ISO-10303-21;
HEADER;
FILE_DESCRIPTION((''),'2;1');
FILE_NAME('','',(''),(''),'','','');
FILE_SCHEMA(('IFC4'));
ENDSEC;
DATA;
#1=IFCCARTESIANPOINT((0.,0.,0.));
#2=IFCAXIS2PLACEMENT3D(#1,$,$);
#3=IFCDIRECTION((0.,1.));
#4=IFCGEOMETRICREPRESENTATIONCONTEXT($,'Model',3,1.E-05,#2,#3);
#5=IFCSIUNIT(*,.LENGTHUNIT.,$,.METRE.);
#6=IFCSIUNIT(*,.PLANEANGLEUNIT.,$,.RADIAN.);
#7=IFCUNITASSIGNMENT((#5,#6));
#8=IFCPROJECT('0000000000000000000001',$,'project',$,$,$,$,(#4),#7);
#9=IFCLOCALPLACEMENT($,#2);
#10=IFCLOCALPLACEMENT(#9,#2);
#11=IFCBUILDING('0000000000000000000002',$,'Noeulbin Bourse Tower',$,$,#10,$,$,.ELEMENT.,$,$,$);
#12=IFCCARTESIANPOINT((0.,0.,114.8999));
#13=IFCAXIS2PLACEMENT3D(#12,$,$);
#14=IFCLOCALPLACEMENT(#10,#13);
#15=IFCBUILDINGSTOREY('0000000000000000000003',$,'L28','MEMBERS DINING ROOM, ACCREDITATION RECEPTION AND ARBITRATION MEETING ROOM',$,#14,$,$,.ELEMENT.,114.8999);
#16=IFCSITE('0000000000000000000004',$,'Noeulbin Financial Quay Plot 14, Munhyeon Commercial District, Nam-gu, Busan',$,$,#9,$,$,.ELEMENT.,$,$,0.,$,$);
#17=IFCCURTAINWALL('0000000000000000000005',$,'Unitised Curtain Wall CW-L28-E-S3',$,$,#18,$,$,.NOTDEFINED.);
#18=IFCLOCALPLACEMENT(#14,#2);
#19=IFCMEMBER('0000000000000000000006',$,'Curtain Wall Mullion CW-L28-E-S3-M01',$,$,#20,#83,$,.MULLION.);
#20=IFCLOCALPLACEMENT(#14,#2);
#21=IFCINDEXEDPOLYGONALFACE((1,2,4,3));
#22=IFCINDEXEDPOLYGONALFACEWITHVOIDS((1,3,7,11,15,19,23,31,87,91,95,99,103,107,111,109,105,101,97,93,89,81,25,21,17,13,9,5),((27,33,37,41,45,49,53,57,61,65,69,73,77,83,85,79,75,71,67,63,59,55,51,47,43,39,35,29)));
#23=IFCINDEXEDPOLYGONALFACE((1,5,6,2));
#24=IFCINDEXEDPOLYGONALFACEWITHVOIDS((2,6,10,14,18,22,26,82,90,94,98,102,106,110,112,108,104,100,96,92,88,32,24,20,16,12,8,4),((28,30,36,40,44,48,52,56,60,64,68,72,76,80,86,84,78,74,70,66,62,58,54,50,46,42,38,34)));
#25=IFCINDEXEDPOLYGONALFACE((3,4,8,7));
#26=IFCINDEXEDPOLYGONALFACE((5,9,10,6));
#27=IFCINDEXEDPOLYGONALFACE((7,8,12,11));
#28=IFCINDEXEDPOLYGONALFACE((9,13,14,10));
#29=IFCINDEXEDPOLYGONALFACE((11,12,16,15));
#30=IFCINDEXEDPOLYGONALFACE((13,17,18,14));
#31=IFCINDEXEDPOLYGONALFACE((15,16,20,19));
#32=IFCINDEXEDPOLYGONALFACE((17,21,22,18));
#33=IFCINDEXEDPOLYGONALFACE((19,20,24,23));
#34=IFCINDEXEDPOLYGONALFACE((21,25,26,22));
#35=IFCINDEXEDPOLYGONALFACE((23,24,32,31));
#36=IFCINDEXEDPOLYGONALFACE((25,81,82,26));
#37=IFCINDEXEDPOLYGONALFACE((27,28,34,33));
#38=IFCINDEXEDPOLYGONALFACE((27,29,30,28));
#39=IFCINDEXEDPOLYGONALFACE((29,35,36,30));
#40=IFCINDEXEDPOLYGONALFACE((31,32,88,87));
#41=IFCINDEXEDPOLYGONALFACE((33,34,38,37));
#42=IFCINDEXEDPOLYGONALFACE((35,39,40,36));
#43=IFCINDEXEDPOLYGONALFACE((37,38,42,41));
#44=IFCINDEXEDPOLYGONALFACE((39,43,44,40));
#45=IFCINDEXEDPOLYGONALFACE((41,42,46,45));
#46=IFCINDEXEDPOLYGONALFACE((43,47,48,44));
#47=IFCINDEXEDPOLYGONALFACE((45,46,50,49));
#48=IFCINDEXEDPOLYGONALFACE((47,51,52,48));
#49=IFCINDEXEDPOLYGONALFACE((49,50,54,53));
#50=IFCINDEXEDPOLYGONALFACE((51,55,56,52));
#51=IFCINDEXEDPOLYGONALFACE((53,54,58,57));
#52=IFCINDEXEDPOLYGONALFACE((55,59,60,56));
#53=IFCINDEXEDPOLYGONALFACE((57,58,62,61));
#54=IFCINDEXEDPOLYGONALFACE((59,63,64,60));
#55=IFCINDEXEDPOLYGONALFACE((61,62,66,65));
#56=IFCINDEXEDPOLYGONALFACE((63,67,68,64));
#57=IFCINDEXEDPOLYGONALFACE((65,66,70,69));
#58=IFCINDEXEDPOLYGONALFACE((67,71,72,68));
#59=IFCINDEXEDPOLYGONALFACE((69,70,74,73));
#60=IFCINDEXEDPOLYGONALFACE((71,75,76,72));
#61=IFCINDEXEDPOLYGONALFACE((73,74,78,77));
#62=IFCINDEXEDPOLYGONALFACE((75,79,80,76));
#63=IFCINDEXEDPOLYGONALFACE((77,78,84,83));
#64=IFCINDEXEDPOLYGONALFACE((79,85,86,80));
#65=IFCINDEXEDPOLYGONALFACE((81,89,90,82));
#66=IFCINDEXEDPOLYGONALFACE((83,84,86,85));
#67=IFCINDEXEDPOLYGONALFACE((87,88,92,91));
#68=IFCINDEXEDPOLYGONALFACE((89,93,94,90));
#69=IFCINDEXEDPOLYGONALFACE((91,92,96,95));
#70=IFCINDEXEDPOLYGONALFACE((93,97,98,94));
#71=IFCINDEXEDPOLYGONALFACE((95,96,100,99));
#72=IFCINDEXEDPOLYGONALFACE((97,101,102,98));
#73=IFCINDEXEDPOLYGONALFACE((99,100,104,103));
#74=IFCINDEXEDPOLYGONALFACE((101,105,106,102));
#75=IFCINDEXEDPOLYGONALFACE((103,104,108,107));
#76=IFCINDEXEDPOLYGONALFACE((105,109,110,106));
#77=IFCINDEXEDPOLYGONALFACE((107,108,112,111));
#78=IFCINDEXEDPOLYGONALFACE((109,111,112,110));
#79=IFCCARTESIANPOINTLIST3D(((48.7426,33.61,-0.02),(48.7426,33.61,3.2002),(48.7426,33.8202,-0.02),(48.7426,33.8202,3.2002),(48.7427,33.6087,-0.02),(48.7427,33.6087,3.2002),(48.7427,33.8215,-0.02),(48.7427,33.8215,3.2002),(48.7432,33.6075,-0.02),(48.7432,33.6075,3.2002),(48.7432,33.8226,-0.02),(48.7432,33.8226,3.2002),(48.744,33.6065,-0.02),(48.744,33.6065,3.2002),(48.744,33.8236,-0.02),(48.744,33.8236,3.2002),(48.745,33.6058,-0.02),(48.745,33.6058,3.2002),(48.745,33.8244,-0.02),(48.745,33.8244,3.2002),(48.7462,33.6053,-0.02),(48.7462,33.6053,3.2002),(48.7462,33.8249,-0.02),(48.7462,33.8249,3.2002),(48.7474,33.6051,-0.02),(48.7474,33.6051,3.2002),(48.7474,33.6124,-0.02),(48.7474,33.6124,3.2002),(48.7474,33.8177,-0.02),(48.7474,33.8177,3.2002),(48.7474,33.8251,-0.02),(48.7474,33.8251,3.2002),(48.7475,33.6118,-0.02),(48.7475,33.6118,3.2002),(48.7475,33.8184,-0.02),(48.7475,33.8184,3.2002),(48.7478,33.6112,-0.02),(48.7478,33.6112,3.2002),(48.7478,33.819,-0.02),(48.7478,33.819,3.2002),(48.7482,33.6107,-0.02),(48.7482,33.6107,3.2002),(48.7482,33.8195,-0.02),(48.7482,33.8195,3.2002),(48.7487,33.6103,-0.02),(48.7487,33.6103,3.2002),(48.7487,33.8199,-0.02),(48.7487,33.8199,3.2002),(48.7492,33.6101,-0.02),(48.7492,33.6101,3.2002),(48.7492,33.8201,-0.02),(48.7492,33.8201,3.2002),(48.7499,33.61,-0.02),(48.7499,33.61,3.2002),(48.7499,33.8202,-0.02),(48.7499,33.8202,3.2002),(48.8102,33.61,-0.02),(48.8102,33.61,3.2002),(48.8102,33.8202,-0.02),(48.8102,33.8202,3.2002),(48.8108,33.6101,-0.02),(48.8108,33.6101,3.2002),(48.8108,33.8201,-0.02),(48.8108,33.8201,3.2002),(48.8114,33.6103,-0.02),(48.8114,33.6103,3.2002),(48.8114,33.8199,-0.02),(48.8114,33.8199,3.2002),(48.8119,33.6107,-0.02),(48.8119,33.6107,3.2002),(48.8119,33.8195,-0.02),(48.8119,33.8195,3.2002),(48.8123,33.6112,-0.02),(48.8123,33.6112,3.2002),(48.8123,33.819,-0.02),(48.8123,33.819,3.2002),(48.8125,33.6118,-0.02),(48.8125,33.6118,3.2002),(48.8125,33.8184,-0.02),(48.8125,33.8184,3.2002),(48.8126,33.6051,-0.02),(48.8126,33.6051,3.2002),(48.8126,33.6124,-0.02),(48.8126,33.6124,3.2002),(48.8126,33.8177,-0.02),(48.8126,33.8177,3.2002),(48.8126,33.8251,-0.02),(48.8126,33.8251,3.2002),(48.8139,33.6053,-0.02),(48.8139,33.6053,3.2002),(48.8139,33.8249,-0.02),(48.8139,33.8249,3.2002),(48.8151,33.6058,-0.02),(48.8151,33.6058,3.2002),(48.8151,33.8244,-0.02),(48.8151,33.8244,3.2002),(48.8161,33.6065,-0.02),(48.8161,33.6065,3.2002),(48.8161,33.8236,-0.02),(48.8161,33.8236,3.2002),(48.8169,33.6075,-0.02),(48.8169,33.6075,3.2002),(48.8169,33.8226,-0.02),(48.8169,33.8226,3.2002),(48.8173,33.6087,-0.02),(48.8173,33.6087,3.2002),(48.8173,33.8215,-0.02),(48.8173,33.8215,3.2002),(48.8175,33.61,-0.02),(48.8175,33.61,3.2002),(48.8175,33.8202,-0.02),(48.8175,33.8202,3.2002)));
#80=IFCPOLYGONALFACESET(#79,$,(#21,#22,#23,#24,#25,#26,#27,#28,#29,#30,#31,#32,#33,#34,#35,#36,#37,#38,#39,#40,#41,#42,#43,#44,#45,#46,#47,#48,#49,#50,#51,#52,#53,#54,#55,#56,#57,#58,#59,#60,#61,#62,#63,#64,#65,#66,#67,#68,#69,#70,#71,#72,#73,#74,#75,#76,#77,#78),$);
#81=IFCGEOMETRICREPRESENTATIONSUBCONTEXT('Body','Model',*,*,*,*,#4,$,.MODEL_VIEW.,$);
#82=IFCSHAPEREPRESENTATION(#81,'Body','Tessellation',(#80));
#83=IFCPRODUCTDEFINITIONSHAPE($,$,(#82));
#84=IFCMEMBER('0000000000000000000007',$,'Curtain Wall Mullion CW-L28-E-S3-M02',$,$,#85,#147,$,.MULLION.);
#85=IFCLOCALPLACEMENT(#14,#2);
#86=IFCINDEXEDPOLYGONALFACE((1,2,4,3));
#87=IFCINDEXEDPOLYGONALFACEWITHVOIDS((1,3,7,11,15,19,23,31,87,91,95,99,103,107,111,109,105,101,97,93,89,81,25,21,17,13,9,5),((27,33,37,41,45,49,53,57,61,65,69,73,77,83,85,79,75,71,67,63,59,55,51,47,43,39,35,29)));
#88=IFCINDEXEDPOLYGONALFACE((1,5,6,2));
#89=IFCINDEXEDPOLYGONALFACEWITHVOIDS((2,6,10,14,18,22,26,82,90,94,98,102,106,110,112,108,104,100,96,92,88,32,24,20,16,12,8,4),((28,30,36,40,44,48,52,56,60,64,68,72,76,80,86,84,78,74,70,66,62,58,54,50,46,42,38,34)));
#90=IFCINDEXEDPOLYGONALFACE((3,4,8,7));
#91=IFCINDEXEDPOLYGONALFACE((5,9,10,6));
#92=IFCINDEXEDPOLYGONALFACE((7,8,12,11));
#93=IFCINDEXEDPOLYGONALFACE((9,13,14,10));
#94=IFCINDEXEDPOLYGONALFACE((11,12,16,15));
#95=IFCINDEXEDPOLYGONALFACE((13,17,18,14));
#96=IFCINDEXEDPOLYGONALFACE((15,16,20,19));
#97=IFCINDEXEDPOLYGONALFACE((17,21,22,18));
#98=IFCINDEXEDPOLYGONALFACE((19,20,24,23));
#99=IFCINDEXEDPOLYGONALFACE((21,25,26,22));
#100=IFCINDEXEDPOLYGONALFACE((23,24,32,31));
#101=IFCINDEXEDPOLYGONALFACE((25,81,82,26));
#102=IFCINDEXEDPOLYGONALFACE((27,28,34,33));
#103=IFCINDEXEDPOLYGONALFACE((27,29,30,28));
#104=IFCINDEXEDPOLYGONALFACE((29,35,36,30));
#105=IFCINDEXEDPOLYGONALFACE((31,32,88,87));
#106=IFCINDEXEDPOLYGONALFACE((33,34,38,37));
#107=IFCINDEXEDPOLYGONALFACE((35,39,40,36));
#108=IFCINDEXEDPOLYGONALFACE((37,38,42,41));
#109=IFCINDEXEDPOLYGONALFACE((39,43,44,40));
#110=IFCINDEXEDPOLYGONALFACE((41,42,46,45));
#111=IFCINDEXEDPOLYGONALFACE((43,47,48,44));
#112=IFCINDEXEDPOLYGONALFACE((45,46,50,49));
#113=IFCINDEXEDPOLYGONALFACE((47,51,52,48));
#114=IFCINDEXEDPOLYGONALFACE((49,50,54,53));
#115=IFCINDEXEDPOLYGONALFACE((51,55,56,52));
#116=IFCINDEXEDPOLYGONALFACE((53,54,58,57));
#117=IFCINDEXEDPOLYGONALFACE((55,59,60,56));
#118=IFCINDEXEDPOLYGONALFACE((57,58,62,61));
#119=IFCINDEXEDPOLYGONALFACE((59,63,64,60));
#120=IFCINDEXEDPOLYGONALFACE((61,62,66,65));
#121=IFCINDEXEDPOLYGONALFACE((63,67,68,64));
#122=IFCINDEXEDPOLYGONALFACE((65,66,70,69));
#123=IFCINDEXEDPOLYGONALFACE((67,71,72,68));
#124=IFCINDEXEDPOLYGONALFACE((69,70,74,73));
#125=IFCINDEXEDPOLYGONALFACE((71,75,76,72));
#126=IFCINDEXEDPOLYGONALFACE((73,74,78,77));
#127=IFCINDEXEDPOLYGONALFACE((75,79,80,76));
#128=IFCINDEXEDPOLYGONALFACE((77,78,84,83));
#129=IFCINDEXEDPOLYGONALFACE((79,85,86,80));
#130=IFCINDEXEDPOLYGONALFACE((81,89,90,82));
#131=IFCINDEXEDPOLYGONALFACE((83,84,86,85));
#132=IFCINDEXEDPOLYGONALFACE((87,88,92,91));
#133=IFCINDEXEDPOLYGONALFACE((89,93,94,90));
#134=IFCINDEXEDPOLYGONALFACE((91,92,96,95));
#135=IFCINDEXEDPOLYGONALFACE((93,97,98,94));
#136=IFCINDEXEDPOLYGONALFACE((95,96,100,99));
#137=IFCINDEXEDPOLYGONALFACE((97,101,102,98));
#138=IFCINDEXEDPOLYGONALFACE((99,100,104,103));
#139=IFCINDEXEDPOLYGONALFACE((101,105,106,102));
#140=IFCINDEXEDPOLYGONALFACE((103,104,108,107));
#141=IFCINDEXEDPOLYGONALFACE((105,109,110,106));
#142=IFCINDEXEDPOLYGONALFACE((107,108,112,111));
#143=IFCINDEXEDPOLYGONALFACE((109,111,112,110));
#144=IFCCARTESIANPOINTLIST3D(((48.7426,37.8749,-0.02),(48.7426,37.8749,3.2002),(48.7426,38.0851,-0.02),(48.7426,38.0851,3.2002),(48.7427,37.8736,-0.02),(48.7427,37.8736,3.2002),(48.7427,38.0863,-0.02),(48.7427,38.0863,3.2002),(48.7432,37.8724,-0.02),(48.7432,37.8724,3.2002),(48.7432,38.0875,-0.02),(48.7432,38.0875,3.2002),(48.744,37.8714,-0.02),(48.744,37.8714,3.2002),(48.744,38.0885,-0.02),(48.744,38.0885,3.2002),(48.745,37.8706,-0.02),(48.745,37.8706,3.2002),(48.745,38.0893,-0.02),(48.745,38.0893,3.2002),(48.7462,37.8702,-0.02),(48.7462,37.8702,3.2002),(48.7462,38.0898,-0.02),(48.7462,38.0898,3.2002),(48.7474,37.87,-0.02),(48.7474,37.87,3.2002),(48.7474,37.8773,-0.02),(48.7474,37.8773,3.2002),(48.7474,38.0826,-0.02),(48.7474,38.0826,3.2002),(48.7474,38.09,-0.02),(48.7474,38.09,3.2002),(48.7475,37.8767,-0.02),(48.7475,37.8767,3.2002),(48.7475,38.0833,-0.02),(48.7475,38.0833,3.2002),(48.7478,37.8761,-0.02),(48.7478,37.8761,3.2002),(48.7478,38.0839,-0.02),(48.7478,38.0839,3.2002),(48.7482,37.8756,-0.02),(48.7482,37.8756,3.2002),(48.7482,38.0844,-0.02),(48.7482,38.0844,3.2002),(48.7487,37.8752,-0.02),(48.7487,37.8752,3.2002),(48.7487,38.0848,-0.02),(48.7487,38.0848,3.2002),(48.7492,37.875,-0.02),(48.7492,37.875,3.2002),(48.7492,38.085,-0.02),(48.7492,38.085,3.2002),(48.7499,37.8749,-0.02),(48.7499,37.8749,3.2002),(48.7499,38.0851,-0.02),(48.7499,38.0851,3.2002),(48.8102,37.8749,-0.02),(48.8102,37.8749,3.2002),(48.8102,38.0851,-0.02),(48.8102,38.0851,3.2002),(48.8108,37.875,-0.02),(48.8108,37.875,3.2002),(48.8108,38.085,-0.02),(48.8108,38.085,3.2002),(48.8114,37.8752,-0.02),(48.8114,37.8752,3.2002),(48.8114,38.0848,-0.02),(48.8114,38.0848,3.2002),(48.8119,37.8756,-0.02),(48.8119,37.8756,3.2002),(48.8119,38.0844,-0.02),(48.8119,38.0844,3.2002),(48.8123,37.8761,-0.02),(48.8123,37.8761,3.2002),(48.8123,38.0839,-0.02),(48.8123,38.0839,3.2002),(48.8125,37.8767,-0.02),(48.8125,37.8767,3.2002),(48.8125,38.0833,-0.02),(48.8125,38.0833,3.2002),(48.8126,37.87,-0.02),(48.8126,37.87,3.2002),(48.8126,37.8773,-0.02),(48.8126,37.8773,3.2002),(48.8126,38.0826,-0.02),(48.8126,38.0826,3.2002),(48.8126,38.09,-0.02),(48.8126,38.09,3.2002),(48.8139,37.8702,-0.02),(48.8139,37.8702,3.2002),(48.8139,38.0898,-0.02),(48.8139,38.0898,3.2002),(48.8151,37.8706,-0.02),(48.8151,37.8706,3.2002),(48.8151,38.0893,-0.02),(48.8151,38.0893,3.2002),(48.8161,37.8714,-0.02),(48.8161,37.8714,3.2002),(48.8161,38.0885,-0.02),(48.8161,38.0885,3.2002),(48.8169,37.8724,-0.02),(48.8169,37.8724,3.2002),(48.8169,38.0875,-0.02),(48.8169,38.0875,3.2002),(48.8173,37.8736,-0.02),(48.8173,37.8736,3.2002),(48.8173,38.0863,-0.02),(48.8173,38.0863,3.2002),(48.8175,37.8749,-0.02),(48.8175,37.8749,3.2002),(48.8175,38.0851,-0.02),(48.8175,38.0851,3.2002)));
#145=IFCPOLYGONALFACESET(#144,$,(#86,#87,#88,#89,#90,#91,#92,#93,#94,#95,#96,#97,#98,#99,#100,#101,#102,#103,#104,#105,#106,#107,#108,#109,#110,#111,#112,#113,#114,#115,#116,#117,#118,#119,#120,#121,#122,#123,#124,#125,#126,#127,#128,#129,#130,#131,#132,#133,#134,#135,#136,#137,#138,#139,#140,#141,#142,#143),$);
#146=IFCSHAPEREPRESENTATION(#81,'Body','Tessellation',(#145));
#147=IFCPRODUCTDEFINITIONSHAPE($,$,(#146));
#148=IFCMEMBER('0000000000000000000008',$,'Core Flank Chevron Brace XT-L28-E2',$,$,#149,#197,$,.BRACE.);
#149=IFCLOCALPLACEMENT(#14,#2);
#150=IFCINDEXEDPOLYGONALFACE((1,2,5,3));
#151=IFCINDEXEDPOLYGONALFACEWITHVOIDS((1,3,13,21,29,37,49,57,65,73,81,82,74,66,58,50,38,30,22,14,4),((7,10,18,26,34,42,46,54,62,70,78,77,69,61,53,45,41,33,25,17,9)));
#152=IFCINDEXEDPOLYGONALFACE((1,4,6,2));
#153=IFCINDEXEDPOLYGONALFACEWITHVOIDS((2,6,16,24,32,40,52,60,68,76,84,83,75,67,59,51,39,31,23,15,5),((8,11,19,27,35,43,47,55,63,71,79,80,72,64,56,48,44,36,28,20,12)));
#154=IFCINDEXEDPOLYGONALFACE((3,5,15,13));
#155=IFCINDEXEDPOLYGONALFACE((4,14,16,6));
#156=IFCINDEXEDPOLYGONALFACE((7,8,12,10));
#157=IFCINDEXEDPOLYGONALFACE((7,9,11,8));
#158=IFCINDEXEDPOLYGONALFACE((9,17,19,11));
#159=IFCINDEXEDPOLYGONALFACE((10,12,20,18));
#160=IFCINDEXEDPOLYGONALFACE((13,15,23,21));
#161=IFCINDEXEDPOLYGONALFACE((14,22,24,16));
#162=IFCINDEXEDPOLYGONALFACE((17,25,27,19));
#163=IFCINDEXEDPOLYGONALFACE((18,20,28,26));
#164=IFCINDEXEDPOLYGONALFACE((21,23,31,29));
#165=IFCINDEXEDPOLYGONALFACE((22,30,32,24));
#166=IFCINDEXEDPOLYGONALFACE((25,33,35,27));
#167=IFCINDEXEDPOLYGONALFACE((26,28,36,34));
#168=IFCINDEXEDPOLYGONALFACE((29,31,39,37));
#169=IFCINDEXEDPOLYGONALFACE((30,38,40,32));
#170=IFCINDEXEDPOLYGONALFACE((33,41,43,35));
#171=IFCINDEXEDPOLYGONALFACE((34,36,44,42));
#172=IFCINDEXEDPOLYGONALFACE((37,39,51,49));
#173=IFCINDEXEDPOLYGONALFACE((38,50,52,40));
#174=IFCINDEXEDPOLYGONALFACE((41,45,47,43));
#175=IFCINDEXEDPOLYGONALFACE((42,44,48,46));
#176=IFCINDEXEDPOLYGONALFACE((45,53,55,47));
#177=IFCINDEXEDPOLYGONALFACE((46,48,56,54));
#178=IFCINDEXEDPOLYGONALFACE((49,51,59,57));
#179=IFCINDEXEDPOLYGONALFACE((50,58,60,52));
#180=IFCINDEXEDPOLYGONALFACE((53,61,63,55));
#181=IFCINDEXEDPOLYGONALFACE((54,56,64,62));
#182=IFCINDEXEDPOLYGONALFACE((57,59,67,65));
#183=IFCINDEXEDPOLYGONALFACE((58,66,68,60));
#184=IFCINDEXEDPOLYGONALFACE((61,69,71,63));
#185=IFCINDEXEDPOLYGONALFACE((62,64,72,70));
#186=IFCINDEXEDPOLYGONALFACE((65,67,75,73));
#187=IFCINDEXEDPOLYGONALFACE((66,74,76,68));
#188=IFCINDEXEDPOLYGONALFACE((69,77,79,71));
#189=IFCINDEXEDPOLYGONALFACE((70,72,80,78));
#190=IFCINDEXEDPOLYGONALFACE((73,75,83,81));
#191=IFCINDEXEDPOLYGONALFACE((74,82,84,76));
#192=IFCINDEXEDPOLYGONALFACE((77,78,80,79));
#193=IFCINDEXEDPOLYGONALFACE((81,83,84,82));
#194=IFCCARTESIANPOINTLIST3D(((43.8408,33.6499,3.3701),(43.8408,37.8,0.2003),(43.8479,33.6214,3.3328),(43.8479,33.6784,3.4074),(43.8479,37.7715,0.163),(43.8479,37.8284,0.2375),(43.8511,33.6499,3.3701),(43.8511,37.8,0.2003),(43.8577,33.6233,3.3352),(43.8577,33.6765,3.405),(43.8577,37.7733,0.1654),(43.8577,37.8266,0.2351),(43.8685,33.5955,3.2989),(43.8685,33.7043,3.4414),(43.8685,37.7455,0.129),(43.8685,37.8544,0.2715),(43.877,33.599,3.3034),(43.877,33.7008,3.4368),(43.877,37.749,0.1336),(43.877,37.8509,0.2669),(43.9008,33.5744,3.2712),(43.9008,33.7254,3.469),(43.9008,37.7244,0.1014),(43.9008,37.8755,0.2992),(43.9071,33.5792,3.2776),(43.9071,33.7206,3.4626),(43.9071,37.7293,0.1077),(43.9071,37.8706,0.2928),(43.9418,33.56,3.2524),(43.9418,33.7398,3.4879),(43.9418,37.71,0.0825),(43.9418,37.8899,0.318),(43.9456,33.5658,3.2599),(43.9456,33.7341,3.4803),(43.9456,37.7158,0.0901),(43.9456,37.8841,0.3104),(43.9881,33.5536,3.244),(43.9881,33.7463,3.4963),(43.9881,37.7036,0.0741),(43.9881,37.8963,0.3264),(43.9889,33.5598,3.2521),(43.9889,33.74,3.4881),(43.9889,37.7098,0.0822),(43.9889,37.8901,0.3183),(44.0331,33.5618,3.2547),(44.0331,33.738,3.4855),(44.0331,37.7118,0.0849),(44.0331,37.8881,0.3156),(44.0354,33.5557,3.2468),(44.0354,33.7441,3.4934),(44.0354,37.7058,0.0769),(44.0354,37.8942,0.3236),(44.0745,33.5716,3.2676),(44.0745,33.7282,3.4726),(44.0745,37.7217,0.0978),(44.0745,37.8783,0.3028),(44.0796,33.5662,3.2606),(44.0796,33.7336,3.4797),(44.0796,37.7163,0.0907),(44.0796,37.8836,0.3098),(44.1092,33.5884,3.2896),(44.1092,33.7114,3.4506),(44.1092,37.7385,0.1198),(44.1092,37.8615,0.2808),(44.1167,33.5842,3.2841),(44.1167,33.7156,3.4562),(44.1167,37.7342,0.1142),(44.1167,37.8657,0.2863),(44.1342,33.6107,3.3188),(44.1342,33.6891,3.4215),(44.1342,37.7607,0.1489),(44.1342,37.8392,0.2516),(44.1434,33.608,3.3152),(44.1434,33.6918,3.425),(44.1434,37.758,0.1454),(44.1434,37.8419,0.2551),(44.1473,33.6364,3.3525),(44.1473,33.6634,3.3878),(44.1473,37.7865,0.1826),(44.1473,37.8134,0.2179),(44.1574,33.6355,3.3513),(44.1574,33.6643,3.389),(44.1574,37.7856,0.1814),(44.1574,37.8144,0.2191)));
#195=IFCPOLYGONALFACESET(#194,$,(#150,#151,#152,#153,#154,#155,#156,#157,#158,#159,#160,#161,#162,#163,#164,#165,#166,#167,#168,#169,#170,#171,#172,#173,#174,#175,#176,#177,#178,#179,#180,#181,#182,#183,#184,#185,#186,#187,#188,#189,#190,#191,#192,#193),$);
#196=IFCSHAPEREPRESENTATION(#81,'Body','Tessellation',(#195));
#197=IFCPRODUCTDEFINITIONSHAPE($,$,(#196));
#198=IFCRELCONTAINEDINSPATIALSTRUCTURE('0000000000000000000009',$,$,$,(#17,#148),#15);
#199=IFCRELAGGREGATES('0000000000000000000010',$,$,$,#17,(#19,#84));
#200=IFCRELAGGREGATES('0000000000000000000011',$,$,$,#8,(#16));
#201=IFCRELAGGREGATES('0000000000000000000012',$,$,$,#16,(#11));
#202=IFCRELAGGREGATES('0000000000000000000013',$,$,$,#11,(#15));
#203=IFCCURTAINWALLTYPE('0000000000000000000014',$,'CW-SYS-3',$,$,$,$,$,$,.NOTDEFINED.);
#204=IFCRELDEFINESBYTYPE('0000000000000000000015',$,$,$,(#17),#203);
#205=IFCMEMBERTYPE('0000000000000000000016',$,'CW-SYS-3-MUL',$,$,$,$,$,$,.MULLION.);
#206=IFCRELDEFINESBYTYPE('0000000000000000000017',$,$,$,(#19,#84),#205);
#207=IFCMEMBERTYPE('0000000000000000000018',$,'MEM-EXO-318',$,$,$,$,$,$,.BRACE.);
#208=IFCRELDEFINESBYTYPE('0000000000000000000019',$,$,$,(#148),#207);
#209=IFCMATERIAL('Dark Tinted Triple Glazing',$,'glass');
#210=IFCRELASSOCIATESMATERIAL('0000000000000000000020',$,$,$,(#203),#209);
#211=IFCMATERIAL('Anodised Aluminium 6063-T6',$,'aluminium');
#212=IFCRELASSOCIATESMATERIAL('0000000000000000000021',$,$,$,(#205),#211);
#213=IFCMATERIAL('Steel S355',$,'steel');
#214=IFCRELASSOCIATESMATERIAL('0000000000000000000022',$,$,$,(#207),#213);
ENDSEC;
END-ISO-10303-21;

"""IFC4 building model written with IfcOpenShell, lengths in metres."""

from ifc_helpers import new_model, si_unit, direction, frame, origin, origin_2d, place, context, subcontext, project, spatial, hollow_rectangle, hollow_circle, extrude, material, material_profile, profile_set, type_object, element, aggregate, save


model = new_model("IFC4")

# Units and contexts
model_context = context("Model", 3, precision=1e-05, world=origin(), true_north=direction((0.0, 1.0)))
body_context = subcontext(model_context, "Body", "Model", "MODEL_VIEW")
ifc_project = project(units=[si_unit("LENGTHUNIT", "METRE"), si_unit("PLANEANGLEUNIT", "RADIAN")], contexts=[model_context])

# Site, building, storey
site_placement = place(None, origin())
site = spatial("IfcSite", under=ifc_project, at=site_placement, Name="Noeulbin Financial Quay Plot 14, Munhyeon Commercial District, Nam-gu, Busan", CompositionType="ELEMENT", RefElevation=0.0)
building_placement = place(site_placement, origin())
building = spatial("IfcBuilding", under=site, at=building_placement, Name="Noeulbin Bourse Tower", CompositionType="ELEMENT")
storey_placement = place(building_placement, frame((0.0, 0.0, 114.8999)))
storey = spatial("IfcBuildingStorey", under=building, at=storey_placement, Name="L28", Description="MEMBERS DINING ROOM, ACCREDITATION RECEPTION AND ARBITRATION MEETING ROOM", CompositionType="ELEMENT", Elevation=114.8999)

# Curtain wall, members
ifc_material_1 = material(Name="Dark Tinted Triple Glazing", Category="glass")
curtain_wall_type = type_object("IfcCurtainWallType", Name="CW-SYS-3", PredefinedType="NOTDEFINED", material=ifc_material_1)
ifc_material_2 = material(Name="Anodised Aluminium 6063-T6", Category="aluminium")
ifc_material_profile_1 = material_profile(ifc_material_2, hollow_rectangle(XDim=0.075, YDim=0.22, WallThickness=0.0049, InnerFilletRadius=0.0024, OuterFilletRadius=0.0049, at=origin_2d()), Name="ALU-MULL-75x220x5", Category="LoadBearing")
ifc_profile_set_1 = profile_set([ifc_material_profile_1], Name="Anodised Aluminium 6063-T6")
member_type_1 = type_object("IfcMemberType", Name="CW-SYS-3-MUL", PredefinedType="MULLION", material=ifc_profile_set_1)
curtain_wall_1_placement = place(storey_placement, origin())
curtain_wall_1 = element("IfcCurtainWall", 1, at=curtain_wall_1_placement, inside=storey, type_object=curtain_wall_type, Name="Unitised Curtain Wall CW-L28-E-S3", PredefinedType="NOTDEFINED")
member_1_placement = place(storey_placement, frame((48.78, 33.7151, -0.02), z_axis=(0.0, 0.0, 1.0), x_axis=(1.0, 0.0, 0.0)))
member_1 = element("IfcMember", 2, at=member_1_placement, type_object=member_type_1, Name="Curtain Wall Mullion CW-L28-E-S3-M01", PredefinedType="MULLION", context=body_context, shape_type="SweptSolid", body=[
    extrude(hollow_rectangle(XDim=0.075, YDim=0.22, WallThickness=0.0049, InnerFilletRadius=0.0024, OuterFilletRadius=0.0049, at=origin_2d()), origin(), (0.0, 0.0, 1.0), 3.2202),
])
member_2_placement = place(storey_placement, frame((48.78, 37.98, -0.02), z_axis=(0.0, 0.0, 1.0), x_axis=(1.0, 0.0, 0.0)))
member_2 = element("IfcMember", 3, at=member_2_placement, type_object=member_type_1, Name="Curtain Wall Mullion CW-L28-E-S3-M02", PredefinedType="MULLION", context=body_context, shape_type="SweptSolid", body=[
    extrude(hollow_rectangle(XDim=0.075, YDim=0.22, WallThickness=0.0049, InnerFilletRadius=0.0024, OuterFilletRadius=0.0049, at=origin_2d()), origin(), (0.0, 0.0, 1.0), 3.2202),
])

# Member
ifc_material_3 = material(Name="Steel S355", Category="steel")
ifc_material_profile_2 = material_profile(ifc_material_3, hollow_circle(Radius=0.1592, WallThickness=0.0103, at=origin_2d()), Name="CHS-318.5x10.3", Category="LoadBearing")
ifc_profile_set_2 = profile_set([ifc_material_profile_2], Name="Steel S355")
member_type_2 = type_object("IfcMemberType", Name="MEM-EXO-318", PredefinedType="BRACE", material=ifc_profile_set_2)
member_3_placement = place(storey_placement, frame((44.0, 33.6499, 3.3701), z_axis=(0.0, 0.794701, -0.607001), x_axis=(-1.0, 0.0, 0.0)))
element("IfcMember", 4, at=member_3_placement, inside=storey, type_object=member_type_2, Name="Core Flank Chevron Brace XT-L28-E2", PredefinedType="BRACE", context=body_context, shape_type="SweptSolid", body=[
    extrude(hollow_circle(Radius=0.1592, WallThickness=0.0103, at=origin_2d()), origin(), (0.0, 0.0, 1.0), 5.2222),
])

aggregate(curtain_wall_1, [member_1, member_2])

save(model, "model.ifc")
